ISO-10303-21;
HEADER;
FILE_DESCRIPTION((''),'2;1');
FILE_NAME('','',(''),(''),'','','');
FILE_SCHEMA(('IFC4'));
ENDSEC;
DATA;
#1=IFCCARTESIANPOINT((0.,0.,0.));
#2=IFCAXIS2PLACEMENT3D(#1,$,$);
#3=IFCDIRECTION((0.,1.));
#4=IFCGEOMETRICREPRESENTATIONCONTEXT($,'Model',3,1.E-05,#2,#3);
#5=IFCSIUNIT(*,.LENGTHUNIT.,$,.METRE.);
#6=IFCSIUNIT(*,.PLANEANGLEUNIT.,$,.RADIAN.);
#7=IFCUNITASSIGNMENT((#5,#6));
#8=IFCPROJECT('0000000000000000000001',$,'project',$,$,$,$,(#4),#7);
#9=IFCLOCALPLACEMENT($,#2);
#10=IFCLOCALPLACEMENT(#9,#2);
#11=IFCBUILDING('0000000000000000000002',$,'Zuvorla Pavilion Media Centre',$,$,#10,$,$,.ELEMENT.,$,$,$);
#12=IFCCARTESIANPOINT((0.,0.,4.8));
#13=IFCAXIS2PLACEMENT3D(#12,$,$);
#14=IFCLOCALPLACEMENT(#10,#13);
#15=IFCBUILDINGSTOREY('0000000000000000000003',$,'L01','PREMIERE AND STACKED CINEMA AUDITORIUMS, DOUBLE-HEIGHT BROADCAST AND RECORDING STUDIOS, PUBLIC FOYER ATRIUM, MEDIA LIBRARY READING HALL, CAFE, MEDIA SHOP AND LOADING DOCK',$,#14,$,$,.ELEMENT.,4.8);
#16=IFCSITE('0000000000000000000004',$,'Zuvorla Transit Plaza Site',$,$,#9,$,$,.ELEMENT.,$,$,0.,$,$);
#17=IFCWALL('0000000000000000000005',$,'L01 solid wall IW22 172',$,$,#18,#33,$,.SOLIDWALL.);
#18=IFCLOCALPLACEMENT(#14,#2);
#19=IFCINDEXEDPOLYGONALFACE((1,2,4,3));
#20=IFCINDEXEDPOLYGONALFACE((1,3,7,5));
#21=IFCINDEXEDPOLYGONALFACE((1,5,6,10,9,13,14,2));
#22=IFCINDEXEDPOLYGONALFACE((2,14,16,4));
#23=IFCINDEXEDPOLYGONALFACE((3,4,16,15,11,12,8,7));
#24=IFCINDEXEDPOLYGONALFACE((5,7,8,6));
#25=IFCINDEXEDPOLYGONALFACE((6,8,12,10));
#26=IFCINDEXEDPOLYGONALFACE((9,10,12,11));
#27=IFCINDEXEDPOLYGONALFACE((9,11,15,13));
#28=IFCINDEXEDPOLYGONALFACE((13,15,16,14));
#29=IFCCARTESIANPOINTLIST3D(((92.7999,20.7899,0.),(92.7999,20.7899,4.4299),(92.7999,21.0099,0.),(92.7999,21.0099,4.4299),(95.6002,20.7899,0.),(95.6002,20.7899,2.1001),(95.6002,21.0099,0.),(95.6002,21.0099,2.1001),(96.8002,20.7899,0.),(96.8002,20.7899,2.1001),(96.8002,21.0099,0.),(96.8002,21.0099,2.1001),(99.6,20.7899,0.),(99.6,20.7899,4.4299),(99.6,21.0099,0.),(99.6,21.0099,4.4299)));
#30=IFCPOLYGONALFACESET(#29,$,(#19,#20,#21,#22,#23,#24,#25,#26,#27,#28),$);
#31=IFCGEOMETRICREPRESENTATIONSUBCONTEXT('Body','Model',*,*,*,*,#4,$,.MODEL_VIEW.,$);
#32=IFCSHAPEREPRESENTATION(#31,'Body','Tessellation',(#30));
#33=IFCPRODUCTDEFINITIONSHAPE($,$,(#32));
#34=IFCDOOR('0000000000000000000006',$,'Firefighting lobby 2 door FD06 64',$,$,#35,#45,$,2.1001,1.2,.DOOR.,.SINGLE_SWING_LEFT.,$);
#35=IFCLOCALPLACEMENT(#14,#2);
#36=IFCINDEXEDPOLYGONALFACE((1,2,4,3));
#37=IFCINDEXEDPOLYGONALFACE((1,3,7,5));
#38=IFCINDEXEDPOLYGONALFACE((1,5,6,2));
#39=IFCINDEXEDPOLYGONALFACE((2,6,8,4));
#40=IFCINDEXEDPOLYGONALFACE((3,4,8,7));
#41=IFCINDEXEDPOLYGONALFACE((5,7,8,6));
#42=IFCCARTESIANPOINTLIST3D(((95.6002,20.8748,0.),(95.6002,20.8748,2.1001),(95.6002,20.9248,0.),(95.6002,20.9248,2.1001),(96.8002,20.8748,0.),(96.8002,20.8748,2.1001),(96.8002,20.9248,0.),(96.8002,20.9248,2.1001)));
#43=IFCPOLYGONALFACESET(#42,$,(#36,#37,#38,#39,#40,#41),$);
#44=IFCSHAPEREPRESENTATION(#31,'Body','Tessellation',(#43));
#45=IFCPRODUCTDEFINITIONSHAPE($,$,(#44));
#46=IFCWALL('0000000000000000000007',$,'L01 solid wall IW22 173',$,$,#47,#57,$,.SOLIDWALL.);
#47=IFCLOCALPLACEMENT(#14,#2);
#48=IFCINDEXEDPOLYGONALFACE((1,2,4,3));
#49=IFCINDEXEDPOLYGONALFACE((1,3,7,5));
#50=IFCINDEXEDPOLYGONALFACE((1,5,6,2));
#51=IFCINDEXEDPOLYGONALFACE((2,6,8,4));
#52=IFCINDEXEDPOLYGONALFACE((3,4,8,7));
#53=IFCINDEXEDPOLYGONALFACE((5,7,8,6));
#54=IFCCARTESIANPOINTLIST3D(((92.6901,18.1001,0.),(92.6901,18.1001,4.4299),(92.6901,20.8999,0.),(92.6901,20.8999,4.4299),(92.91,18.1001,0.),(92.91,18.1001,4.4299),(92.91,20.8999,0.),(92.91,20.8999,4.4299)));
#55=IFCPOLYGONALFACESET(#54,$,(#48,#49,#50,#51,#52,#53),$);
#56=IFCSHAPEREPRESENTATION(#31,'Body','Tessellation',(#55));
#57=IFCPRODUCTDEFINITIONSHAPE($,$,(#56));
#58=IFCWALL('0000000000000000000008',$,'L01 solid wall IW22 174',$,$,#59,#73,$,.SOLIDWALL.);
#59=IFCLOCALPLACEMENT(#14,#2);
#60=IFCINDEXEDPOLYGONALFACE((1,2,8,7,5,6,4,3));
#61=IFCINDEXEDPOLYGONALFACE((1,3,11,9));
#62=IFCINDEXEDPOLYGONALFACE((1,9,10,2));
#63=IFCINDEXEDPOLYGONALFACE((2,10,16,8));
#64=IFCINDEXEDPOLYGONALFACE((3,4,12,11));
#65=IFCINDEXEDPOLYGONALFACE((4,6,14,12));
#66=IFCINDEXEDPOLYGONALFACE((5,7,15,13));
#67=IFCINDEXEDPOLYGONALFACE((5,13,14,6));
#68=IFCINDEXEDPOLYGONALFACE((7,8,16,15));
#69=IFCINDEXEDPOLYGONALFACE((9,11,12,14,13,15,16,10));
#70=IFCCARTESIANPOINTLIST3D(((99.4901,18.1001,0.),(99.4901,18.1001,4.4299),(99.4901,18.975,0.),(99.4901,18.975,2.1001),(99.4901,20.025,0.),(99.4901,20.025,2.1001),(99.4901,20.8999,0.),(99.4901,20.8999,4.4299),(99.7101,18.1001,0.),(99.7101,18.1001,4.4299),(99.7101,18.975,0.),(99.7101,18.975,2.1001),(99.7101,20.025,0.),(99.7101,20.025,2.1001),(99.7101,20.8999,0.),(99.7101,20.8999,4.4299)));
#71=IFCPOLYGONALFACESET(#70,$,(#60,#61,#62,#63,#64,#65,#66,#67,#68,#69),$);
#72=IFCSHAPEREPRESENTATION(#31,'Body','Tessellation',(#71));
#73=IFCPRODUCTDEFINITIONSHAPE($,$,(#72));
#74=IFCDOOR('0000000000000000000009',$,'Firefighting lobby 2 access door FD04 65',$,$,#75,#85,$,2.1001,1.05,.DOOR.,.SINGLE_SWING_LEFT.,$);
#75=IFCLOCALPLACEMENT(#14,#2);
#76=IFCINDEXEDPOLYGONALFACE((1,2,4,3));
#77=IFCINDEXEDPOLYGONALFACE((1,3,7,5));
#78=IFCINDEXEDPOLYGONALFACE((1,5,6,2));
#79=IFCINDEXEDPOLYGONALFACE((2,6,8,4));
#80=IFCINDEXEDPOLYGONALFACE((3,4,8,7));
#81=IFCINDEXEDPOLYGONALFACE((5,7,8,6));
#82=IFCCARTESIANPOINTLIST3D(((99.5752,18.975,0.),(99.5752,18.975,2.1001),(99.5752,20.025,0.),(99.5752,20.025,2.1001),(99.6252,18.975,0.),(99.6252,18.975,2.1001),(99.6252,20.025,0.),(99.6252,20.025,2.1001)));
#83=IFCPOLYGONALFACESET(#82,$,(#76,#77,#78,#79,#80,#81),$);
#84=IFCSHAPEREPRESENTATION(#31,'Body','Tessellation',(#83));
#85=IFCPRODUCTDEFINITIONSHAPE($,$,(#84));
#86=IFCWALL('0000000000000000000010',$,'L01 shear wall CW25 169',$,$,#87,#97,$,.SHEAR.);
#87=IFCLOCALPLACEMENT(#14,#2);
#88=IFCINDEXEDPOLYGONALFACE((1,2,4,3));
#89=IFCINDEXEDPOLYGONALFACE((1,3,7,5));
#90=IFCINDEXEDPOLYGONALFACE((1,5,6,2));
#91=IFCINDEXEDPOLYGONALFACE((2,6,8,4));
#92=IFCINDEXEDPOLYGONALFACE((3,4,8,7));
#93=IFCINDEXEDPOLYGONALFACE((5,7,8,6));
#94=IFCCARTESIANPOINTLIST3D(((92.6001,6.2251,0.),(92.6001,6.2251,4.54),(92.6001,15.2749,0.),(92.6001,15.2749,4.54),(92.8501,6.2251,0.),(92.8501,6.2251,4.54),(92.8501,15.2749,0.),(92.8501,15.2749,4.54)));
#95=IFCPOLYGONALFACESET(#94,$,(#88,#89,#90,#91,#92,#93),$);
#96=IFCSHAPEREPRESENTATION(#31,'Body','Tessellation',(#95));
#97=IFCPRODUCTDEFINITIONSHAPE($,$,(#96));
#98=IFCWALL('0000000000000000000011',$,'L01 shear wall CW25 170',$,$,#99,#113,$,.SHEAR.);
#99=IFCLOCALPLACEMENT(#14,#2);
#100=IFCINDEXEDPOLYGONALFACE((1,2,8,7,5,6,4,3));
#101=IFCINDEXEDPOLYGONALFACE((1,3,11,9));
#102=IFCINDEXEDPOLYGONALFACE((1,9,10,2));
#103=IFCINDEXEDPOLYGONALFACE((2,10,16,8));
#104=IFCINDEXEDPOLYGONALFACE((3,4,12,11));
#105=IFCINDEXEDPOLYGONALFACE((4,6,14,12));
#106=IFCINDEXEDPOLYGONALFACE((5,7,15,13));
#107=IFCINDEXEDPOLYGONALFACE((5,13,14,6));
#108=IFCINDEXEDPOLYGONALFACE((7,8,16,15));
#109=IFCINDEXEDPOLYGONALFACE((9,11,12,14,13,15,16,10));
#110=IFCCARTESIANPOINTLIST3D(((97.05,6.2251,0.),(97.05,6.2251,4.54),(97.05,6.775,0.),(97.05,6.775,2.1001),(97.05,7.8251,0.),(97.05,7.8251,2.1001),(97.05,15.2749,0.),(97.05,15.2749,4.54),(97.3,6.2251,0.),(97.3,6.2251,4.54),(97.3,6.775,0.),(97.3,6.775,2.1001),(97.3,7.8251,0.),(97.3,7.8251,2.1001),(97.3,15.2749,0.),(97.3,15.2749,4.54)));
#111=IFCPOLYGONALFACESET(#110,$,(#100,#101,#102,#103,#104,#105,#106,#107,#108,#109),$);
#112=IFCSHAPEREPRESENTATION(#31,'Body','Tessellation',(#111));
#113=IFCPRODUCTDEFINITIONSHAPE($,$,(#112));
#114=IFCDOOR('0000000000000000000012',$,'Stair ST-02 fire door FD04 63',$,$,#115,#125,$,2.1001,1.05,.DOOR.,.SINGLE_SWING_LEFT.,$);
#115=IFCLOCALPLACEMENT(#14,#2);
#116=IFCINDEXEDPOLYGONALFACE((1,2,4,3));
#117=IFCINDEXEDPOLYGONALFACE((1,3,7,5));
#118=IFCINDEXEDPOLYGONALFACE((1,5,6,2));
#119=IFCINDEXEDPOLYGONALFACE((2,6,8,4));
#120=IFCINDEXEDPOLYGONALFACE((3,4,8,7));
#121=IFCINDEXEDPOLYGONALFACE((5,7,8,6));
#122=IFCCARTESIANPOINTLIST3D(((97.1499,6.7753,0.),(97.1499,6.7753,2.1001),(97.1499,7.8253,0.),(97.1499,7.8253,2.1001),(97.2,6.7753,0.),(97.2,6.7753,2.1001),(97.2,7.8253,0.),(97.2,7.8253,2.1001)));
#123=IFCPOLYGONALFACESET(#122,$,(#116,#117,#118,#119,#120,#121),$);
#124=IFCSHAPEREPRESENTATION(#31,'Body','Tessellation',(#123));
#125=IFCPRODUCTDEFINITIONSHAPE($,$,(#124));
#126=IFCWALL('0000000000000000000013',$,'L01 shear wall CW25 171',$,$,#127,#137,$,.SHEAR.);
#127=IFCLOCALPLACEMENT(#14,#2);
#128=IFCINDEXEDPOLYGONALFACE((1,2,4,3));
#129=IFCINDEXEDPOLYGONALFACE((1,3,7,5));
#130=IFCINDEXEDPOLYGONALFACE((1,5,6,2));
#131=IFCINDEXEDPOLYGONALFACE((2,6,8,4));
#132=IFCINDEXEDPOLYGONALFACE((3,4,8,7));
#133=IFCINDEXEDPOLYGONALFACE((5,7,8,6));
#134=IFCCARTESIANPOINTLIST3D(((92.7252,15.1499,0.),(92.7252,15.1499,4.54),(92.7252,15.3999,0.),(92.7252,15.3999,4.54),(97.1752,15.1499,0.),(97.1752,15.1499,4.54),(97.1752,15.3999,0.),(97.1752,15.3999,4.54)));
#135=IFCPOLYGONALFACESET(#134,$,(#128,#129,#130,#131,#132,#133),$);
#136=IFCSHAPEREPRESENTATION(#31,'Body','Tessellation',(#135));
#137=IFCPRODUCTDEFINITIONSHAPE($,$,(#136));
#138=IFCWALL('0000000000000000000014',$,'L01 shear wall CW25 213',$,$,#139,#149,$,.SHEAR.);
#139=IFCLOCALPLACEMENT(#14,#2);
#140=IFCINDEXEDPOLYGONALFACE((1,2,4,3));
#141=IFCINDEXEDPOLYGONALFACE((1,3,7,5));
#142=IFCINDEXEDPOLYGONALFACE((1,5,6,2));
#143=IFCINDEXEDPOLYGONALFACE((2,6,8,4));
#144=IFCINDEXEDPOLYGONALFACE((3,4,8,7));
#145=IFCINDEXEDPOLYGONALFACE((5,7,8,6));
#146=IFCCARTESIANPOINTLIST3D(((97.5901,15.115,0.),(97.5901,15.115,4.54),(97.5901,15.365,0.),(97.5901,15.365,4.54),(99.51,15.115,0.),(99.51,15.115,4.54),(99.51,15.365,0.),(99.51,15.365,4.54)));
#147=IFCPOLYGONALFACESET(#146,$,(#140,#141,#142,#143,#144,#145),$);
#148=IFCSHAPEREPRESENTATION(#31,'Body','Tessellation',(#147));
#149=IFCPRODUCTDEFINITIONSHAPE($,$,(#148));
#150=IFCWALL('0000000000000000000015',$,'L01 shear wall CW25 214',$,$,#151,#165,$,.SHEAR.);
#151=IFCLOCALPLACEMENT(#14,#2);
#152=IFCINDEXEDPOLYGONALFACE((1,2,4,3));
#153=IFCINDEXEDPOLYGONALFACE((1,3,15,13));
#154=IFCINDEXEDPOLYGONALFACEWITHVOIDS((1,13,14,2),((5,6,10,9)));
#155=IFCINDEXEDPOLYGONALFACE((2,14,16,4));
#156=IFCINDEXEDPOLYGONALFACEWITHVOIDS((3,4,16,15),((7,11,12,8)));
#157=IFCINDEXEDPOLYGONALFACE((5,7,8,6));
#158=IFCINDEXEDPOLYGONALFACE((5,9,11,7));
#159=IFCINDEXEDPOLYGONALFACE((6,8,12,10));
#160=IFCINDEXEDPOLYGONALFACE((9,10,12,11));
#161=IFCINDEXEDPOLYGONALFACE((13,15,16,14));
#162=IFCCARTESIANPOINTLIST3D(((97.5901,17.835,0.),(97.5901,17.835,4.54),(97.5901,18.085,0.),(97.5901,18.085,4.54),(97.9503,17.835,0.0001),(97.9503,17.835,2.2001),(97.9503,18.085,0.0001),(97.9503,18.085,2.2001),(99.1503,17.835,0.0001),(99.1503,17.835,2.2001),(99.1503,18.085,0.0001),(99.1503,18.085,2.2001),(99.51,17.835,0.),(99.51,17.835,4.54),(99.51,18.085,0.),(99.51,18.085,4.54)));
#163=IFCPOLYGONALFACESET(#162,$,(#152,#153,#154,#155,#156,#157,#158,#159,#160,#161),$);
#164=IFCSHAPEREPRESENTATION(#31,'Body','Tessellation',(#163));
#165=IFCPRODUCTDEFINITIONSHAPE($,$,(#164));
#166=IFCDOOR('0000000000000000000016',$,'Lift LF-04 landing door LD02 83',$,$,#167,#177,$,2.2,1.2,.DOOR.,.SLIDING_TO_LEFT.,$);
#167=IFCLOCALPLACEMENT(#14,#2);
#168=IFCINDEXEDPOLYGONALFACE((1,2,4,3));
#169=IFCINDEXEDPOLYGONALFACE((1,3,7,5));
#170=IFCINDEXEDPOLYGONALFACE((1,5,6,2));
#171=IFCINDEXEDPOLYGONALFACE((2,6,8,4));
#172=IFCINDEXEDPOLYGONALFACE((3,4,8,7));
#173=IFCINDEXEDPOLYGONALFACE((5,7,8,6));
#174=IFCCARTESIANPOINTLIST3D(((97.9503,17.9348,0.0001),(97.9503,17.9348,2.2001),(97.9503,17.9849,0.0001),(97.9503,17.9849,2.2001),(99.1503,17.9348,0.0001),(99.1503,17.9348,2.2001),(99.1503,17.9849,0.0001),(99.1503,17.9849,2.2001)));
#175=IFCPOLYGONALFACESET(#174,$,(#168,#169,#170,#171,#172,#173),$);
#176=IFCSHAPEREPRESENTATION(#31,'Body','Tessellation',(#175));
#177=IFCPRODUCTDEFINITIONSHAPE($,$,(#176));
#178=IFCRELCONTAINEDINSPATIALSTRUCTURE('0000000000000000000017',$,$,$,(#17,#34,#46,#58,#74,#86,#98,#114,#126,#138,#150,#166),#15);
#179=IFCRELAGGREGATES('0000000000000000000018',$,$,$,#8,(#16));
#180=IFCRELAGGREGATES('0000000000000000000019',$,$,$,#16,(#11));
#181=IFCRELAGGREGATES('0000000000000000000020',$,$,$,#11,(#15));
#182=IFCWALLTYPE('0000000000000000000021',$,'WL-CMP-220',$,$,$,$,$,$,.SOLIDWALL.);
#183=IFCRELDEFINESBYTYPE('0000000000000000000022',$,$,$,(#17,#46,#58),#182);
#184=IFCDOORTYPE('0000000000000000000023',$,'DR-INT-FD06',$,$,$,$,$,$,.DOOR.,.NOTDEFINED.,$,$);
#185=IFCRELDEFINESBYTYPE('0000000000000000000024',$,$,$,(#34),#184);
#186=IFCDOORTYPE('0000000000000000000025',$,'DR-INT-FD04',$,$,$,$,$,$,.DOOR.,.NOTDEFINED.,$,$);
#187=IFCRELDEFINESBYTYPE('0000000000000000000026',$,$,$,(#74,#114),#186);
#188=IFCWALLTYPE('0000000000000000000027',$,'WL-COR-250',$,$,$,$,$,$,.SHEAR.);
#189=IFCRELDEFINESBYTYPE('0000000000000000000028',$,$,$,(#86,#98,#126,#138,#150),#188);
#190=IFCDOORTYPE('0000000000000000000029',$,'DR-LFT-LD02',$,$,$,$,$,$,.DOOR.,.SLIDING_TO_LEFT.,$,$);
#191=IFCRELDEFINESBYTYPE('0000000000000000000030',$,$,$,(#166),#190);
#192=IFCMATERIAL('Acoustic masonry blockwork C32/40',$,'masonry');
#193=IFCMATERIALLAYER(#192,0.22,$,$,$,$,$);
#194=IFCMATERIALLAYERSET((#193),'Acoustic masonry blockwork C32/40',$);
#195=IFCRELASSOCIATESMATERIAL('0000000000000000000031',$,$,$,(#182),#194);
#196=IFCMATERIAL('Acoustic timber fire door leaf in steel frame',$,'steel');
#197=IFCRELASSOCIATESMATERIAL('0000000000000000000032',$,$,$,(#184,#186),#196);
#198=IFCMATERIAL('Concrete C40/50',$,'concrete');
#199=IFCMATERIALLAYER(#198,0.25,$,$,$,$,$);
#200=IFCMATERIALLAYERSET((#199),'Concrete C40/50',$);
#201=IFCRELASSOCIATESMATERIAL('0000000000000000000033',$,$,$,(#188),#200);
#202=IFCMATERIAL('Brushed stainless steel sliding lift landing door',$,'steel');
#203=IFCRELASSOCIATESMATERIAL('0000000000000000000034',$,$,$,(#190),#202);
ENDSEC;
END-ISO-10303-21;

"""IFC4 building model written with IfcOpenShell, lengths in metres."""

from ifc_helpers import new_model, si_unit, direction, frame, frame_2d, origin, place, context, subcontext, project, spatial, rectangle, extrude, material, layer, layer_set, type_object, element, fill, save


model = new_model("IFC4")

# Units and contexts
model_context = context("Model", 3, precision=1e-05, world=origin(), true_north=direction((0.0, 1.0)))
body_context = subcontext(model_context, "Body", "Model", "MODEL_VIEW")
ifc_project = project(units=[si_unit("LENGTHUNIT", "METRE"), si_unit("PLANEANGLEUNIT", "RADIAN")], contexts=[model_context])

# Site, building, storey
site_placement = place(None, origin())
site = spatial("IfcSite", under=ifc_project, at=site_placement, Name="Zuvorla Transit Plaza Site", CompositionType="ELEMENT", RefElevation=0.0)
building_placement = place(site_placement, origin())
building = spatial("IfcBuilding", under=site, at=building_placement, Name="Zuvorla Pavilion Media Centre", CompositionType="ELEMENT")
storey_placement = place(building_placement, frame((0.0, 0.0, 4.8)))
storey = spatial("IfcBuildingStorey", under=building, at=storey_placement, Name="L01", Description="PREMIERE AND STACKED CINEMA AUDITORIUMS, DOUBLE-HEIGHT BROADCAST AND RECORDING STUDIOS, PUBLIC FOYER ATRIUM, MEDIA LIBRARY READING HALL, CAFE, MEDIA SHOP AND LOADING DOCK", CompositionType="ELEMENT", Elevation=4.8)

# Shared definitions
ifc_material_1 = material(Name="Concrete C40/50", Category="concrete")

# Wall, opening, door
ifc_material_2 = material(Name="Acoustic masonry blockwork C32/40", Category="masonry")
ifc_layer_1 = layer(ifc_material_2, 0.22)
ifc_layer_set_1 = layer_set([ifc_layer_1], Name="Acoustic masonry blockwork C32/40")
wall_type_1 = type_object("IfcWallType", Name="WL-CMP-220", PredefinedType="SOLIDWALL", material=ifc_layer_set_1)
wall_1_placement = place(storey_placement, frame((92.8, 20.8999, 0.0), z_axis=(0.0, 0.0, 1.0), x_axis=(1.0, 0.0, 0.0)))
wall_1 = element("IfcWall", 1, at=wall_1_placement, inside=storey, type_object=wall_type_1, Name="L01 solid wall IW22 172", PredefinedType="SOLIDWALL", context=body_context, shape_type="SweptSolid", body=[
    extrude(rectangle(XDim=6.8, YDim=0.22, at=frame_2d((3.3999, 0.0))), origin(), (0.0, 0.0, 1.0), 4.4299),
])
opening_1_placement = place(wall_1_placement, frame((2.8, 0.0, 0.0)))
opening_1 = element("IfcOpeningElement", 2, at=opening_1_placement, cuts=wall_1, PredefinedType="OPENING", context=body_context, shape_type="SweptSolid", body=[
    extrude(rectangle(XDim=1.2, YDim=2.1001, at=frame_2d((0.6001, 1.05))), frame((0.0, 0.1199, 0.0), z_axis=(0.0, -1.0, 0.0), x_axis=(1.0, 0.0, 0.0)), (0.0, 0.0, 1.0), 0.24),
])
ifc_material_3 = material(Name="Acoustic timber fire door leaf in steel frame", Category="steel")
door_type_1 = type_object("IfcDoorType", Name="DR-INT-FD06", OperationType="NOTDEFINED", PredefinedType="DOOR", material=ifc_material_3)
door_1_placement = place(opening_1_placement, origin())
door_1 = element("IfcDoor", 3, at=door_1_placement, inside=storey, type_object=door_type_1, Name="Firefighting lobby 2 door FD06 64", OperationType="SINGLE_SWING_LEFT", OverallHeight=2.1001, OverallWidth=1.2, PredefinedType="DOOR", context=body_context, shape_type="SweptSolid", body=[
    extrude(rectangle(XDim=1.2, YDim=2.1001, at=frame_2d((0.6001, 1.05))), frame((0.0, 0.0249, 0.0), z_axis=(0.0, -1.0, 0.0), x_axis=(1.0, 0.0, 0.0)), (0.0, 0.0, 1.0), 0.05),
])
fill(opening_1, door_1)

# Wall
wall_2_placement = place(storey_placement, frame((92.8, 18.1001, 0.0), z_axis=(0.0, 0.0, 1.0), x_axis=(0.0, 1.0, 0.0)))
element("IfcWall", 4, at=wall_2_placement, inside=storey, type_object=wall_type_1, Name="L01 solid wall IW22 173", PredefinedType="SOLIDWALL", context=body_context, shape_type="SweptSolid", body=[
    extrude(rectangle(XDim=2.7998, YDim=0.22, at=frame_2d((1.3999, 0.0))), origin(), (0.0, 0.0, 1.0), 4.4299),
])

# Wall, opening, door
wall_3_placement = place(storey_placement, frame((99.6001, 18.1001, 0.0), z_axis=(0.0, 0.0, 1.0), x_axis=(0.0, 1.0, 0.0)))
wall_3 = element("IfcWall", 5, at=wall_3_placement, inside=storey, type_object=wall_type_1, Name="L01 solid wall IW22 174", PredefinedType="SOLIDWALL", context=body_context, shape_type="SweptSolid", body=[
    extrude(rectangle(XDim=2.7998, YDim=0.22, at=frame_2d((1.3999, 0.0))), origin(), (0.0, 0.0, 1.0), 4.4299),
])
opening_2_placement = place(wall_3_placement, frame((0.875, 0.0, 0.0)))
opening_2 = element("IfcOpeningElement", 6, at=opening_2_placement, cuts=wall_3, PredefinedType="OPENING", context=body_context, shape_type="SweptSolid", body=[
    extrude(rectangle(XDim=1.05, YDim=2.1001, at=frame_2d((0.5249, 1.05))), frame((0.0, 0.1199, 0.0), z_axis=(0.0, -1.0, 0.0), x_axis=(1.0, 0.0, 0.0)), (0.0, 0.0, 1.0), 0.24),
])
door_type_2 = type_object("IfcDoorType", Name="DR-INT-FD04", OperationType="NOTDEFINED", PredefinedType="DOOR", material=ifc_material_3)
door_2_placement = place(opening_2_placement, origin())
door_2 = element("IfcDoor", 7, at=door_2_placement, inside=storey, type_object=door_type_2, Name="Firefighting lobby 2 access door FD04 65", OperationType="SINGLE_SWING_LEFT", OverallHeight=2.1001, OverallWidth=1.05, PredefinedType="DOOR", context=body_context, shape_type="SweptSolid", body=[
    extrude(rectangle(XDim=1.05, YDim=2.1001, at=frame_2d((0.5249, 1.05))), frame((0.0, 0.0249, 0.0), z_axis=(0.0, -1.0, 0.0), x_axis=(1.0, 0.0, 0.0)), (0.0, 0.0, 1.0), 0.05),
])
fill(opening_2, door_2)

# Wall
ifc_layer_2 = layer(ifc_material_1, 0.25)
ifc_layer_set_2 = layer_set([ifc_layer_2], Name="Concrete C40/50")
wall_type_2 = type_object("IfcWallType", Name="WL-COR-250", PredefinedType="SHEAR", material=ifc_layer_set_2)
wall_4_placement = place(storey_placement, frame((92.7251, 6.2251, 0.0), z_axis=(0.0, 0.0, 1.0), x_axis=(0.0, 1.0, 0.0)))
element("IfcWall", 8, at=wall_4_placement, inside=storey, type_object=wall_type_2, Name="L01 shear wall CW25 169", PredefinedType="SHEAR", context=body_context, shape_type="SweptSolid", body=[
    extrude(rectangle(XDim=9.0498, YDim=0.25, at=frame_2d((4.5249, 0.0))), origin(), (0.0, 0.0, 1.0), 4.54),
])

# Wall, opening, door
wall_5_placement = place(storey_placement, frame((97.175, 6.2251, 0.0), z_axis=(0.0, 0.0, 1.0), x_axis=(0.0, 1.0, 0.0)))
wall_5 = element("IfcWall", 9, at=wall_5_placement, inside=storey, type_object=wall_type_2, Name="L01 shear wall CW25 170", PredefinedType="SHEAR", context=body_context, shape_type="SweptSolid", body=[
    extrude(rectangle(XDim=9.0498, YDim=0.25, at=frame_2d((4.5249, 0.0))), origin(), (0.0, 0.0, 1.0), 4.54),
])
opening_3_placement = place(wall_5_placement, frame((0.55, 0.0, 0.0)))
opening_3 = element("IfcOpeningElement", 10, at=opening_3_placement, cuts=wall_5, PredefinedType="OPENING", context=body_context, shape_type="SweptSolid", body=[
    extrude(rectangle(XDim=1.05, YDim=2.1001, at=frame_2d((0.5249, 1.05))), frame((0.0, 0.135, 0.0), z_axis=(0.0, -1.0, 0.0), x_axis=(1.0, 0.0, 0.0)), (0.0, 0.0, 1.0), 0.27),
])
door_3_placement = place(opening_3_placement, frame((1.05, 0.0, 0.0), z_axis=(0.0, 0.0, 1.0), x_axis=(-1.0, 0.0, 0.0)))
door_3 = element("IfcDoor", 11, at=door_3_placement, inside=storey, type_object=door_type_2, Name="Stair ST-02 fire door FD04 63", OperationType="SINGLE_SWING_LEFT", OverallHeight=2.1001, OverallWidth=1.05, PredefinedType="DOOR", context=body_context, shape_type="SweptSolid", body=[
    extrude(rectangle(XDim=1.05, YDim=2.1001, at=frame_2d((0.5249, 1.05))), frame((0.0, 0.0249, 0.0), z_axis=(0.0, -1.0, 0.0), x_axis=(1.0, 0.0, 0.0)), (0.0, 0.0, 1.0), 0.05),
])
fill(opening_3, door_3)

# Walls
wall_6_placement = place(storey_placement, frame((92.7251, 15.2749, 0.0), z_axis=(0.0, 0.0, 1.0), x_axis=(1.0, 0.0, 0.0)))
element("IfcWall", 12, at=wall_6_placement, inside=storey, type_object=wall_type_2, Name="L01 shear wall CW25 171", PredefinedType="SHEAR", context=body_context, shape_type="SweptSolid", body=[
    extrude(rectangle(XDim=4.45, YDim=0.25, at=frame_2d((2.2251, 0.0))), origin(), (0.0, 0.0, 1.0), 4.54),
])
wall_7_placement = place(storey_placement, frame((97.5901, 15.24, 0.0), z_axis=(0.0, 0.0, 1.0), x_axis=(1.0, 0.0, 0.0)))
element("IfcWall", 13, at=wall_7_placement, inside=storey, type_object=wall_type_2, Name="L01 shear wall CW25 213", PredefinedType="SHEAR", context=body_context, shape_type="SweptSolid", body=[
    extrude(rectangle(XDim=1.9199, YDim=0.25, at=frame_2d((0.96, 0.0))), origin(), (0.0, 0.0, 1.0), 4.54),
])

# Wall, opening, door
wall_8_placement = place(storey_placement, frame((97.5901, 17.96, 0.0), z_axis=(0.0, 0.0, 1.0), x_axis=(1.0, 0.0, 0.0)))
wall_8 = element("IfcWall", 14, at=wall_8_placement, inside=storey, type_object=wall_type_2, Name="L01 shear wall CW25 214", PredefinedType="SHEAR", context=body_context, shape_type="SweptSolid", body=[
    extrude(rectangle(XDim=1.9199, YDim=0.25, at=frame_2d((0.96, 0.0))), origin(), (0.0, 0.0, 1.0), 4.54),
])
opening_4_placement = place(wall_8_placement, frame((0.3601, 0.0, 0.0)))
opening_4 = element("IfcOpeningElement", 15, at=opening_4_placement, cuts=wall_8, PredefinedType="OPENING", context=body_context, shape_type="SweptSolid", body=[
    extrude(rectangle(XDim=1.2, YDim=2.2, at=frame_2d((0.6001, 1.1001))), frame((0.0, 0.135, 0.0), z_axis=(0.0, -1.0, 0.0), x_axis=(1.0, 0.0, 0.0)), (0.0, 0.0, 1.0), 0.27),
])
ifc_material_4 = material(Name="Brushed stainless steel sliding lift landing door", Category="steel")
door_type_3 = type_object("IfcDoorType", Name="DR-LFT-LD02", OperationType="SLIDING_TO_LEFT", PredefinedType="DOOR", material=ifc_material_4)
door_4_placement = place(opening_4_placement, origin())
door_4 = element("IfcDoor", 16, at=door_4_placement, inside=storey, type_object=door_type_3, Name="Lift LF-04 landing door LD02 83", OperationType="SLIDING_TO_LEFT", OverallHeight=2.2, OverallWidth=1.2, PredefinedType="DOOR", context=body_context, shape_type="SweptSolid", body=[
    extrude(rectangle(XDim=1.2, YDim=2.2, at=frame_2d((0.6001, 1.1001))), frame((0.0, 0.0249, 0.0), z_axis=(0.0, -1.0, 0.0), x_axis=(1.0, 0.0, 0.0)), (0.0, 0.0, 1.0), 0.05),
])
fill(opening_4, door_4)

save(model, "model.ifc")
